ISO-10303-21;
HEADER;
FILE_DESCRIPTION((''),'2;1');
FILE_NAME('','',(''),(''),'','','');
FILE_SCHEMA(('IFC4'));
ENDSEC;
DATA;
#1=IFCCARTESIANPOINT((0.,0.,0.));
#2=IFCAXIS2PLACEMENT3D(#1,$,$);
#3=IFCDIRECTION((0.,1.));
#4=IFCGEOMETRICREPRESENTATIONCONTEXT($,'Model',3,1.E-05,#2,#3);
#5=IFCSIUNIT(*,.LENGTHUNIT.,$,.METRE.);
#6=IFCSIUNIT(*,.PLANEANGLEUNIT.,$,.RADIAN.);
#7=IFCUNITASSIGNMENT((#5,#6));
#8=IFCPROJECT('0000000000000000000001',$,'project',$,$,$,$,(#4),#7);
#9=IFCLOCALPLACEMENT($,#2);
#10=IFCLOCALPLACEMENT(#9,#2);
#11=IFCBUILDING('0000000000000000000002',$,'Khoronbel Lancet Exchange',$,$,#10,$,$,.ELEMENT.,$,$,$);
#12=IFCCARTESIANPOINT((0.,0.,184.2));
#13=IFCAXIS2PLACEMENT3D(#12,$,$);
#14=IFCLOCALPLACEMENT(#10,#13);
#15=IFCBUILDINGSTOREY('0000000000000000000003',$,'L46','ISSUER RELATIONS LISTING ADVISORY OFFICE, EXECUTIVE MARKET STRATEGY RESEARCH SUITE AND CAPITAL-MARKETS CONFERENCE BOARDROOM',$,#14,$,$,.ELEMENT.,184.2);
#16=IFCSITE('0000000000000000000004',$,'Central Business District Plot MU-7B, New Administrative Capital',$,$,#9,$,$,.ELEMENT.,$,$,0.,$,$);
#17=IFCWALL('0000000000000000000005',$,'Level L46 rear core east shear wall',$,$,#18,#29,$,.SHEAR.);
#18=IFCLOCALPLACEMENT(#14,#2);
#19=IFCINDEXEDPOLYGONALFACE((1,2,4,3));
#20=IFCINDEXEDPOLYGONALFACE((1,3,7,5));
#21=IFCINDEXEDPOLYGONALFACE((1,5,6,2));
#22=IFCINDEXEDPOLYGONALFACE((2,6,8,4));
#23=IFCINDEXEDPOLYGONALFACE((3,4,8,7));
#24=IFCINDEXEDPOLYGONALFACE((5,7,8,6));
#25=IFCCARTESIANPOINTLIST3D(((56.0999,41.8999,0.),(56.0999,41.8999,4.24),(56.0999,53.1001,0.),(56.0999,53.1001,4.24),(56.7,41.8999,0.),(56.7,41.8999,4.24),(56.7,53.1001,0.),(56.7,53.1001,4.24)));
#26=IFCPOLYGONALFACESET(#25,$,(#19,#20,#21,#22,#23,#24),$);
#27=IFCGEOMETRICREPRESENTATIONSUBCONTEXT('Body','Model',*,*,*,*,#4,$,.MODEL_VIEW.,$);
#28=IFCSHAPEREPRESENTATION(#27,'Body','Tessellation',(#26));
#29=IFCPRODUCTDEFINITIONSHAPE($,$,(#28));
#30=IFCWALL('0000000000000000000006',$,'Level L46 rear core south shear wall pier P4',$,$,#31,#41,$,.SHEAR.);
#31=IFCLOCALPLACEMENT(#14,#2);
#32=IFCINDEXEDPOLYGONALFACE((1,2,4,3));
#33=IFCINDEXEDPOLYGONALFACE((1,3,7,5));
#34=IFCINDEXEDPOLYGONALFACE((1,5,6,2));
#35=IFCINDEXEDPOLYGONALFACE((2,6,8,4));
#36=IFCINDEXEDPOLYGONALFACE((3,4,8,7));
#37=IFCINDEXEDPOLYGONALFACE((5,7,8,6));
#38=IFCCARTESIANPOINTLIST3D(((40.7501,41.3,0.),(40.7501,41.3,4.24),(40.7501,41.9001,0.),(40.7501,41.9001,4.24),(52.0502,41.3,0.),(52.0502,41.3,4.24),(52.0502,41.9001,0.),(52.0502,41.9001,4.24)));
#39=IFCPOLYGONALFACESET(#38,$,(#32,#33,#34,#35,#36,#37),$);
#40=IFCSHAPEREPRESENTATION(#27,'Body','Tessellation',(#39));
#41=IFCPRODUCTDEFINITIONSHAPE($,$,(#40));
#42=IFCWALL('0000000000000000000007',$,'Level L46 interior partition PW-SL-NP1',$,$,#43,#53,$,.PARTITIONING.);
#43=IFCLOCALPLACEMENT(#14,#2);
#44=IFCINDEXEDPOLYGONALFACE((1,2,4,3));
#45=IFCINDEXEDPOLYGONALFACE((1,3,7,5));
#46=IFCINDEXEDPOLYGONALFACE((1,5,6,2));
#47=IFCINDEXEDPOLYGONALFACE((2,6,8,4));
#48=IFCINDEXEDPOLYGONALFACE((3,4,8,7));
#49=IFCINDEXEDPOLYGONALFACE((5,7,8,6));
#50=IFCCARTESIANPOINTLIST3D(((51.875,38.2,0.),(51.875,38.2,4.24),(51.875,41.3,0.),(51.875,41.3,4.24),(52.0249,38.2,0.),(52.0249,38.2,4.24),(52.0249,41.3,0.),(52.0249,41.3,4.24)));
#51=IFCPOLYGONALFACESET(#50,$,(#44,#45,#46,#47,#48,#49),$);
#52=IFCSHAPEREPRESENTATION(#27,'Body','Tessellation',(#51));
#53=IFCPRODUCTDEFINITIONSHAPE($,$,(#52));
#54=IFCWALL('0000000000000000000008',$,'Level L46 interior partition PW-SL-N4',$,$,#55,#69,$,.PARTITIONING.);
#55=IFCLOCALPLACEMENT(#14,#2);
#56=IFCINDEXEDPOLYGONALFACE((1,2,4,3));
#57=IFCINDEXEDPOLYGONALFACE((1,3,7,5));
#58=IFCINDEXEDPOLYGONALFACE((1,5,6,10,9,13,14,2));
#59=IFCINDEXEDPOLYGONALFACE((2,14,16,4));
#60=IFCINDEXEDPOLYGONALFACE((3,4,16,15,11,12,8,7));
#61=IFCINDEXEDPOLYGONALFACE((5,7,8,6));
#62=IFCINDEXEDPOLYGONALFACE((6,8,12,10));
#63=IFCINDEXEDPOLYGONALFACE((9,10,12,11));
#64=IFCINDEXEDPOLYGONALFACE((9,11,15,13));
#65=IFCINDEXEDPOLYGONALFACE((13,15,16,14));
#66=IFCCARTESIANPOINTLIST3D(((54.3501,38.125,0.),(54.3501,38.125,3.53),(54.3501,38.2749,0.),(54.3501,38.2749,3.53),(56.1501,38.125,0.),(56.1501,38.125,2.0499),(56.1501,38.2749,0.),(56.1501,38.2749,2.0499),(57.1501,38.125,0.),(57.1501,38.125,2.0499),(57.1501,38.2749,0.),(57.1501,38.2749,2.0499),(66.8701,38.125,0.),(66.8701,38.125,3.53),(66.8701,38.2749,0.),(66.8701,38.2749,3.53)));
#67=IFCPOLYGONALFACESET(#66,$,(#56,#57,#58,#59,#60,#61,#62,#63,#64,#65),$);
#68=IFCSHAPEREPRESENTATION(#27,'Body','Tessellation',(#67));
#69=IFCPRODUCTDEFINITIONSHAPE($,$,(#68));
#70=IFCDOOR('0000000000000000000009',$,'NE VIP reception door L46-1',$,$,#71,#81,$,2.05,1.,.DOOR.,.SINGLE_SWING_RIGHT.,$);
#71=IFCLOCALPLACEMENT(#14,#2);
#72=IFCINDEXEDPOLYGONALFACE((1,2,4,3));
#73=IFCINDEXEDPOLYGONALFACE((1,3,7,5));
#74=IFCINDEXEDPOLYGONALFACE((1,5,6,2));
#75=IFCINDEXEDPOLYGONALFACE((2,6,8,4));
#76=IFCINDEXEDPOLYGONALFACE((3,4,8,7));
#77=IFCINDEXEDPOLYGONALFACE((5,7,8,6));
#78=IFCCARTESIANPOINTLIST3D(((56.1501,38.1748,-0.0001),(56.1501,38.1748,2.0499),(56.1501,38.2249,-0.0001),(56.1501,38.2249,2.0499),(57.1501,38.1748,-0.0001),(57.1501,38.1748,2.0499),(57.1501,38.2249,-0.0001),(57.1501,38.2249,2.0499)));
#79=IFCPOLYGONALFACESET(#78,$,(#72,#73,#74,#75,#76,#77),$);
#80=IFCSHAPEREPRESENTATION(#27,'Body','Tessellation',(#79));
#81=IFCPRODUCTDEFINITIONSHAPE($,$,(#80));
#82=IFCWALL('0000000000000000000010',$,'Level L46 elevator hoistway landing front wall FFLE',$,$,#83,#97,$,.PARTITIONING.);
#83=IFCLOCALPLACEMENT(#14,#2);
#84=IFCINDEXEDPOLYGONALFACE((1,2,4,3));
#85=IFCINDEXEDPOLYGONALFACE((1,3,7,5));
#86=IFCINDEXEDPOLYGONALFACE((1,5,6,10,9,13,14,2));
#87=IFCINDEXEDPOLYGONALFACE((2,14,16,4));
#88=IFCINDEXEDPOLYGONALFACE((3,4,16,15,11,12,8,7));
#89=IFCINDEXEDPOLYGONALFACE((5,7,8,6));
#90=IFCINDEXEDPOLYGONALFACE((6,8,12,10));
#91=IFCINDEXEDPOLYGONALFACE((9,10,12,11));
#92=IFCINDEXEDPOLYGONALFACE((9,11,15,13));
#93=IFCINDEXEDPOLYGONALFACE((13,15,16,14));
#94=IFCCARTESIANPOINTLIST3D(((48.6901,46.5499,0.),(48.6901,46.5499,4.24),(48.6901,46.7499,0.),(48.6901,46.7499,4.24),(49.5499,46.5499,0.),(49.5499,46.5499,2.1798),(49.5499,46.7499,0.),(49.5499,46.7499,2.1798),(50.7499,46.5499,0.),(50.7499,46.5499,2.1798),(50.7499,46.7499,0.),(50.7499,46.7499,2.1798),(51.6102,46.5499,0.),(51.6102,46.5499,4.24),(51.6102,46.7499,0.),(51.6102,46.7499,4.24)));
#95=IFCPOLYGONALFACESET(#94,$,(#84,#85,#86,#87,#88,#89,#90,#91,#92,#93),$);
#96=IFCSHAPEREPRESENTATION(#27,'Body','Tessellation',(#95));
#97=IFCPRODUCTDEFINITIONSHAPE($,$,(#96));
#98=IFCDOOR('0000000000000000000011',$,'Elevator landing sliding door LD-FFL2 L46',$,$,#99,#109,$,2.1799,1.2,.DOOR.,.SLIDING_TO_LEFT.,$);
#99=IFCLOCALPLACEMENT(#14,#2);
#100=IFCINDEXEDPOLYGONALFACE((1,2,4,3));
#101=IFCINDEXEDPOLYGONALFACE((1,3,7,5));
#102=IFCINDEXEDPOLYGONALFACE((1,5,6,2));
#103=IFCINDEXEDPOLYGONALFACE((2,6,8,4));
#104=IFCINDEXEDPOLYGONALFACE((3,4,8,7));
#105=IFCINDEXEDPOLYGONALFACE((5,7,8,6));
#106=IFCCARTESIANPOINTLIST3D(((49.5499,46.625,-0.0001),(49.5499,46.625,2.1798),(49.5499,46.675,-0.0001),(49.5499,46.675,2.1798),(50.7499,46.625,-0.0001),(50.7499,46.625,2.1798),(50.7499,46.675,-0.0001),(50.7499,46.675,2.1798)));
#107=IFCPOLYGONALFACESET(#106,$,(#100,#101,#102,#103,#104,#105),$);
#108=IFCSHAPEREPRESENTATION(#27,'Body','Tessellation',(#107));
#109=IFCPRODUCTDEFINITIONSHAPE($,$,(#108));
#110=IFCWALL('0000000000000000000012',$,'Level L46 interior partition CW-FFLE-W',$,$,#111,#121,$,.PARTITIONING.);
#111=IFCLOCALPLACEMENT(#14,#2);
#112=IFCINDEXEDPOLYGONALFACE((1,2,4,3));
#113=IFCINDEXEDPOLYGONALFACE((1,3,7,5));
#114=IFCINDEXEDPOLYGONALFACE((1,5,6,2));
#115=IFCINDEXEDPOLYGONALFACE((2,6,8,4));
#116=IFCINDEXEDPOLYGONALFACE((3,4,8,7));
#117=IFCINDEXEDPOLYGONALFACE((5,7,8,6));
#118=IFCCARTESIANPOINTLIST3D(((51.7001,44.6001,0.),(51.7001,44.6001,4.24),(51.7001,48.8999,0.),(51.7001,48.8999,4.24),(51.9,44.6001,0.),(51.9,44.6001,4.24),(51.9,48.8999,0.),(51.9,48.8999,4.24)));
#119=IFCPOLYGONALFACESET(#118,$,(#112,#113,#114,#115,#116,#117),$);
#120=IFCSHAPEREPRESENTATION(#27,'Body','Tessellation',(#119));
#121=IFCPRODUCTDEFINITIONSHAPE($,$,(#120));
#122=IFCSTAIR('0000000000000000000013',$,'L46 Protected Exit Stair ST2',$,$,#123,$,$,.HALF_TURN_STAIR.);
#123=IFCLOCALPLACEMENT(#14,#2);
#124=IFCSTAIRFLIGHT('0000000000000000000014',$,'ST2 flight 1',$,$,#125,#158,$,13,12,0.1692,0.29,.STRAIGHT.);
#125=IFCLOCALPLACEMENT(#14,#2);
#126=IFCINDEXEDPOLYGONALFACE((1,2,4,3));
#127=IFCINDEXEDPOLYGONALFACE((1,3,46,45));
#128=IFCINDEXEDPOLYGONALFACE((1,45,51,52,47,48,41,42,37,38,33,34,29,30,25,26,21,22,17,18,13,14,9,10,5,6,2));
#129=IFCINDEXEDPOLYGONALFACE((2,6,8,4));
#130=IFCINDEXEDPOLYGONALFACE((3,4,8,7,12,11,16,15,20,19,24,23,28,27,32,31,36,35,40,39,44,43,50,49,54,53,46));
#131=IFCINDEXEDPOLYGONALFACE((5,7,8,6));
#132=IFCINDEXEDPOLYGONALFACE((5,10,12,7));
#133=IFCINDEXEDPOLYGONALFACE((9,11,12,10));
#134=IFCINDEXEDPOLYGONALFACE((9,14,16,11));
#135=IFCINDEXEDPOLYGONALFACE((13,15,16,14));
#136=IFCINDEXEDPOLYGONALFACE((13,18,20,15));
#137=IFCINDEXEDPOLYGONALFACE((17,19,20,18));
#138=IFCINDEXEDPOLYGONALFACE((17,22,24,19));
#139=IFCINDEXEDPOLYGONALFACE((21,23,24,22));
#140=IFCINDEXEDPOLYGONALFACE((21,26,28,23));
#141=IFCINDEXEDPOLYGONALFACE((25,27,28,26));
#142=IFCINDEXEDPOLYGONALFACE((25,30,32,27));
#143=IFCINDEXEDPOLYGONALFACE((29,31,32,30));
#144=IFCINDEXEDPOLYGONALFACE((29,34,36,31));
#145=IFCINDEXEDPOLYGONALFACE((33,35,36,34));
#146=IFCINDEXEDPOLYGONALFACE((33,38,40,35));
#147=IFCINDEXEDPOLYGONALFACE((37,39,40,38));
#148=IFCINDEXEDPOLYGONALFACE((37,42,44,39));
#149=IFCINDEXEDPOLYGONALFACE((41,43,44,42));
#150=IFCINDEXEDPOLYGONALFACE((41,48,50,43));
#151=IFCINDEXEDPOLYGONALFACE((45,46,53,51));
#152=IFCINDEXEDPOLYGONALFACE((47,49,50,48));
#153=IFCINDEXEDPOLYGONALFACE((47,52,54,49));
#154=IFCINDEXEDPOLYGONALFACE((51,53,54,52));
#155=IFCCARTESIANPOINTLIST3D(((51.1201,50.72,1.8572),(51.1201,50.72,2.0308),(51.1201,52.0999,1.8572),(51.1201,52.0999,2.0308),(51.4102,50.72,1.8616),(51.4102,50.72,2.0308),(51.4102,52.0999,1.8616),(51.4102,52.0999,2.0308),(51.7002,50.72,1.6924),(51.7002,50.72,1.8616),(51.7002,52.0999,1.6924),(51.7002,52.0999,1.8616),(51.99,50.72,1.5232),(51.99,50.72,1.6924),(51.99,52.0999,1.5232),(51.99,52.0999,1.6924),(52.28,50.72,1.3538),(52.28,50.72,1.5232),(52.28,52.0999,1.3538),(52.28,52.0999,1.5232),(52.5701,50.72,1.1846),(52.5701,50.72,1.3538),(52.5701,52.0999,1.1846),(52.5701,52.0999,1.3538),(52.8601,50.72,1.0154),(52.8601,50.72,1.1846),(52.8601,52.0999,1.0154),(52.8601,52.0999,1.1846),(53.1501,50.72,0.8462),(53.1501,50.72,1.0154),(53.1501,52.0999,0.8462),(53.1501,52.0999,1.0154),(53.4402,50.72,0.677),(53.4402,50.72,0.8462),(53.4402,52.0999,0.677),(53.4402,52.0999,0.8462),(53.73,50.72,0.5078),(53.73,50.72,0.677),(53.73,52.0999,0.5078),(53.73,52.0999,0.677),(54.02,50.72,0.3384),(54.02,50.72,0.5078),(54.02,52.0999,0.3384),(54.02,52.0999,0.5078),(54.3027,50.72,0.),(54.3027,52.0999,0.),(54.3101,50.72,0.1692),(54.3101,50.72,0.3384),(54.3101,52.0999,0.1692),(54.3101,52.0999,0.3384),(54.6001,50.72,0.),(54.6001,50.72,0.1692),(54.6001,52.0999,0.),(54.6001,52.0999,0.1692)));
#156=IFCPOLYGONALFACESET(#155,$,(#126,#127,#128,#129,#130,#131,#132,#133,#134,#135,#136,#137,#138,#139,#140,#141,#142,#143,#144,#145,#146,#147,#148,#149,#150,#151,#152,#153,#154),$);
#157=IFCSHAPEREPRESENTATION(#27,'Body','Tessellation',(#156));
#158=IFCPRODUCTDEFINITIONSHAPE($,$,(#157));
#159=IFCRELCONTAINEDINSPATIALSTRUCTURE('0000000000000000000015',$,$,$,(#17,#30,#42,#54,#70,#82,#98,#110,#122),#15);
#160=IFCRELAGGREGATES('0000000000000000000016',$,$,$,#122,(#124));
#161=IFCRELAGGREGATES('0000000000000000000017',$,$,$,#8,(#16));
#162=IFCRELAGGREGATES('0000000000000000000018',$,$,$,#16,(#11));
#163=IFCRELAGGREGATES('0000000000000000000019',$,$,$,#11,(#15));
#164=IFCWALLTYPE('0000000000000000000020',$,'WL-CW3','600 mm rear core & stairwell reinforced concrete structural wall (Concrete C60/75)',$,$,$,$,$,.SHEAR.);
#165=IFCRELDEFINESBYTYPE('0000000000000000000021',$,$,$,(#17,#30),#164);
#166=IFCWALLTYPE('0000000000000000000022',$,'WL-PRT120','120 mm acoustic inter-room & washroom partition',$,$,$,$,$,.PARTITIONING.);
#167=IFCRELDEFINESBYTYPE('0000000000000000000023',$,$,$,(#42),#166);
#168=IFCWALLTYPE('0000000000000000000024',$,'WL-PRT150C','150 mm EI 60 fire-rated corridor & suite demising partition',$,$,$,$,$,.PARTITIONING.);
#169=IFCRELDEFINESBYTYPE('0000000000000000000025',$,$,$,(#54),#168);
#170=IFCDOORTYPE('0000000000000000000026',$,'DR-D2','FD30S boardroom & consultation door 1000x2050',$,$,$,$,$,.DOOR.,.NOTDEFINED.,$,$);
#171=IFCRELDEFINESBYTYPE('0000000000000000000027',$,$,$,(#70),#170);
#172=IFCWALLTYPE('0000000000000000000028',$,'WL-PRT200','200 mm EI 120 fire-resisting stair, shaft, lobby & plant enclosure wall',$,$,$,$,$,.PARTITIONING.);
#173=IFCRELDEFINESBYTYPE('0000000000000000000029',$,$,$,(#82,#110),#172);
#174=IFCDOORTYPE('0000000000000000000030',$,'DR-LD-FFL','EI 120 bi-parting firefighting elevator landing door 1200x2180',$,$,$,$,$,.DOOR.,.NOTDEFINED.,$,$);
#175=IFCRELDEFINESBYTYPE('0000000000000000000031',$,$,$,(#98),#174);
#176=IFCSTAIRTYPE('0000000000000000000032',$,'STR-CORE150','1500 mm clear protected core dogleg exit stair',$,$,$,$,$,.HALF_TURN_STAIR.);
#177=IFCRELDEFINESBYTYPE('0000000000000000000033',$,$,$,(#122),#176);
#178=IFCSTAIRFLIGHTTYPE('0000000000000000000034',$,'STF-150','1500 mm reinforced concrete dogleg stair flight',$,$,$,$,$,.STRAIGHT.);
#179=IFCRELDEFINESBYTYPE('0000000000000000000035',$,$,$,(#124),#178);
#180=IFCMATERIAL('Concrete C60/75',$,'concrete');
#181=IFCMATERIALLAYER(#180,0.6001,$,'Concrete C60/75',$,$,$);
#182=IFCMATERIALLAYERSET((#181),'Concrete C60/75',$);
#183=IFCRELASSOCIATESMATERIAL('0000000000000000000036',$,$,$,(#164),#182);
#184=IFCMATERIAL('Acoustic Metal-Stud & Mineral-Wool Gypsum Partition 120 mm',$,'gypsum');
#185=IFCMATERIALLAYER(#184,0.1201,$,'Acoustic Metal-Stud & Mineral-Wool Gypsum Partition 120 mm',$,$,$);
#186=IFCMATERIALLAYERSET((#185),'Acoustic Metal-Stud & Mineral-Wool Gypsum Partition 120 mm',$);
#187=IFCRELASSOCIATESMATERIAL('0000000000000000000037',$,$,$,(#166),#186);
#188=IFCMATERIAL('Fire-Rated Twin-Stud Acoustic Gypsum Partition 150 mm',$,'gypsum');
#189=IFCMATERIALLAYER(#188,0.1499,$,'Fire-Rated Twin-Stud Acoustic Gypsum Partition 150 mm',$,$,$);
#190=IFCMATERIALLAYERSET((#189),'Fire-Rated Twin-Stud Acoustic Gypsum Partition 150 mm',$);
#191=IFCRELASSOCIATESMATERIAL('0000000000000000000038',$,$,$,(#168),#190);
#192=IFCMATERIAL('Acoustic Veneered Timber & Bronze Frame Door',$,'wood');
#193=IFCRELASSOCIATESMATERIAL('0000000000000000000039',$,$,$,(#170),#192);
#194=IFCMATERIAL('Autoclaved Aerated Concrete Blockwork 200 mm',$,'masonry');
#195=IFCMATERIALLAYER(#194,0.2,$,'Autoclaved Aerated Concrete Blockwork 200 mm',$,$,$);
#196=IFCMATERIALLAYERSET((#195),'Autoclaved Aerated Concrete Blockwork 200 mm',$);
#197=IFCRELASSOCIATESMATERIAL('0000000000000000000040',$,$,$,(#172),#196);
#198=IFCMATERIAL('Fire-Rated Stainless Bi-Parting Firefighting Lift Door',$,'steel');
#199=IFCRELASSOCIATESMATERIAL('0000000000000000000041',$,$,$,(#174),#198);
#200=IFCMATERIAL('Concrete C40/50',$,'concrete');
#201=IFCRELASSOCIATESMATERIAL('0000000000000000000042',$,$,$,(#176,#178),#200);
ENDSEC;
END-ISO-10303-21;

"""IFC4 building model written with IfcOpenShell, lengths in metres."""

from ifc_helpers import new_model, si_unit, direction, frame, frame_2d, origin, place, context, subcontext, project, spatial, polyline, rectangle, outline, extrude, material, layer, layer_set, type_object, element, fill, aggregate, save


model = new_model("IFC4")

# Units and contexts
model_context = context("Model", 3, precision=1e-05, world=origin(), true_north=direction((0.0, 1.0)))
body_context = subcontext(model_context, "Body", "Model", "MODEL_VIEW")
ifc_project = project(units=[si_unit("LENGTHUNIT", "METRE"), si_unit("PLANEANGLEUNIT", "RADIAN")], contexts=[model_context])

# Site, building, storey
site_placement = place(None, origin())
site = spatial("IfcSite", under=ifc_project, at=site_placement, Name="Central Business District Plot MU-7B, New Administrative Capital", CompositionType="ELEMENT", RefElevation=0.0)
building_placement = place(site_placement, origin())
building = spatial("IfcBuilding", under=site, at=building_placement, Name="Khoronbel Lancet Exchange", CompositionType="ELEMENT")
storey_placement = place(building_placement, frame((0.0, 0.0, 184.2)))
storey = spatial("IfcBuildingStorey", under=building, at=storey_placement, Name="L46", Description="ISSUER RELATIONS LISTING ADVISORY OFFICE, EXECUTIVE MARKET STRATEGY RESEARCH SUITE AND CAPITAL-MARKETS CONFERENCE BOARDROOM", CompositionType="ELEMENT", Elevation=184.2)

# Shared definitions
ifc_material_1 = material(Name="Concrete C60/75", Category="concrete")

# Walls
ifc_layer_1 = layer(ifc_material_1, 0.6001, Name="Concrete C60/75")
ifc_layer_set_1 = layer_set([ifc_layer_1], Name="Concrete C60/75")
wall_type_1 = type_object("IfcWallType", Name="WL-CW3", Description="600 mm rear core & stairwell reinforced concrete structural wall (Concrete C60/75)", PredefinedType="SHEAR", material=ifc_layer_set_1)
wall_1_placement = place(storey_placement, frame((56.3999, 53.1001, 0.0), z_axis=(0.0, 0.0, 1.0), x_axis=(0.0, -1.0, 0.0)))
element("IfcWall", 1, at=wall_1_placement, inside=storey, type_object=wall_type_1, Name="Level L46 rear core east shear wall", PredefinedType="SHEAR", context=body_context, shape_type="SweptSolid", body=[
    extrude(rectangle(XDim=11.2002, YDim=0.6001, at=frame_2d((5.6001, 0.0))), origin(), (0.0, 0.0, 1.0), 4.24),
])
wall_2_placement = place(storey_placement, frame((52.05, 41.6001, 0.0), z_axis=(0.0, 0.0, 1.0), x_axis=(-1.0, 0.0, 0.0)))
element("IfcWall", 2, at=wall_2_placement, inside=storey, type_object=wall_type_1, Name="Level L46 rear core south shear wall pier P4", PredefinedType="SHEAR", context=body_context, shape_type="SweptSolid", body=[
    extrude(rectangle(XDim=11.3, YDim=0.6001, at=frame_2d((5.6499, 0.0))), origin(), (0.0, 0.0, 1.0), 4.24),
])
ifc_material_2 = material(Name="Acoustic Metal-Stud & Mineral-Wool Gypsum Partition 120 mm", Category="gypsum")
ifc_layer_2 = layer(ifc_material_2, 0.1201, Name="Acoustic Metal-Stud & Mineral-Wool Gypsum Partition 120 mm")
ifc_layer_set_2 = layer_set([ifc_layer_2], Name="Acoustic Metal-Stud & Mineral-Wool Gypsum Partition 120 mm")
wall_type_2 = type_object("IfcWallType", Name="WL-PRT120", Description="120 mm acoustic inter-room & washroom partition", PredefinedType="PARTITIONING", material=ifc_layer_set_2)
wall_3_placement = place(storey_placement, frame((51.95, 38.2, 0.0), z_axis=(0.0, 0.0, 1.0), x_axis=(0.0, 1.0, 0.0)))
element("IfcWall", 3, at=wall_3_placement, inside=storey, type_object=wall_type_2, Name="Level L46 interior partition PW-SL-NP1", PredefinedType="PARTITIONING", context=body_context, shape_type="SweptSolid", body=[
    extrude(rectangle(XDim=3.1001, YDim=0.1499, at=frame_2d((1.55, 0.0))), origin(), (0.0, 0.0, 1.0), 4.24),
])

# Walls, openings, doors
ifc_material_3 = material(Name="Fire-Rated Twin-Stud Acoustic Gypsum Partition 150 mm", Category="gypsum")
ifc_layer_3 = layer(ifc_material_3, 0.1499, Name="Fire-Rated Twin-Stud Acoustic Gypsum Partition 150 mm")
ifc_layer_set_3 = layer_set([ifc_layer_3], Name="Fire-Rated Twin-Stud Acoustic Gypsum Partition 150 mm")
wall_type_3 = type_object("IfcWallType", Name="WL-PRT150C", Description="150 mm EI 60 fire-rated corridor & suite demising partition", PredefinedType="PARTITIONING", material=ifc_layer_set_3)
wall_4_placement = place(storey_placement, frame((54.3501, 38.2, 0.0), z_axis=(0.0, 0.0, 1.0), x_axis=(1.0, 0.0, 0.0)))
wall_4 = element("IfcWall", 4, at=wall_4_placement, inside=storey, type_object=wall_type_3, Name="Level L46 interior partition PW-SL-N4", PredefinedType="PARTITIONING", context=body_context, shape_type="SweptSolid", body=[
    extrude(rectangle(XDim=12.52, YDim=0.1499, at=frame_2d((6.26, 0.0))), origin(), (0.0, 0.0, 1.0), 3.53),
])
opening_1_placement = place(wall_4_placement, frame((1.8, 0.0, 0.0)))
opening_1 = element("IfcOpeningElement", 5, at=opening_1_placement, cuts=wall_4, PredefinedType="OPENING", context=body_context, shape_type="SweptSolid", body=[
    extrude(rectangle(XDim=1.0, YDim=2.05, at=frame_2d((0.5, 1.0249))), frame((0.0, 0.085, 0.0), z_axis=(0.0, -1.0, 0.0), x_axis=(1.0, 0.0, 0.0)), (0.0, 0.0, 1.0), 0.1699),
])
ifc_material_4 = material(Name="Acoustic Veneered Timber & Bronze Frame Door", Category="wood")
door_type_1 = type_object("IfcDoorType", Name="DR-D2", Description="FD30S boardroom & consultation door 1000x2050", OperationType="NOTDEFINED", PredefinedType="DOOR", material=ifc_material_4)
door_1_placement = place(opening_1_placement, origin())
door_1 = element("IfcDoor", 6, at=door_1_placement, inside=storey, type_object=door_type_1, Name="NE VIP reception door L46-1", OperationType="SINGLE_SWING_RIGHT", OverallHeight=2.05, OverallWidth=1.0, PredefinedType="DOOR", context=body_context, shape_type="SweptSolid", body=[
    extrude(rectangle(XDim=1.0, YDim=2.05, at=frame_2d((0.5, 1.0249))), frame((0.0, 0.0249, 0.0), z_axis=(0.0, -1.0, 0.0), x_axis=(1.0, 0.0, 0.0)), (0.0, 0.0, 1.0), 0.05),
])
fill(opening_1, door_1)
ifc_material_5 = material(Name="Autoclaved Aerated Concrete Blockwork 200 mm", Category="masonry")
ifc_layer_4 = layer(ifc_material_5, 0.2, Name="Autoclaved Aerated Concrete Blockwork 200 mm")
ifc_layer_set_4 = layer_set([ifc_layer_4], Name="Autoclaved Aerated Concrete Blockwork 200 mm")
wall_type_4 = type_object("IfcWallType", Name="WL-PRT200", Description="200 mm EI 120 fire-resisting stair, shaft, lobby & plant enclosure wall", PredefinedType="PARTITIONING", material=ifc_layer_set_4)
wall_5_placement = place(storey_placement, frame((51.6101, 46.6499, 0.0), z_axis=(0.0, 0.0, 1.0), x_axis=(-1.0, 0.0, 0.0)))
wall_5 = element("IfcWall", 7, at=wall_5_placement, inside=storey, type_object=wall_type_4, Name="Level L46 elevator hoistway landing front wall FFLE", PredefinedType="PARTITIONING", context=body_context, shape_type="SweptSolid", body=[
    extrude(rectangle(XDim=2.9202, YDim=0.2, at=frame_2d((1.46, 0.0))), origin(), (0.0, 0.0, 1.0), 4.24),
])
opening_2_placement = place(wall_5_placement, frame((0.8601, 0.0, 0.0)))
opening_2 = element("IfcOpeningElement", 8, at=opening_2_placement, cuts=wall_5, PredefinedType="OPENING", context=body_context, shape_type="SweptSolid", body=[
    extrude(rectangle(XDim=1.2, YDim=2.1799, at=frame_2d((0.6001, 1.0898))), frame((0.0, 0.1099, 0.0), z_axis=(0.0, -1.0, 0.0), x_axis=(1.0, 0.0, 0.0)), (0.0, 0.0, 1.0), 0.22),
])
ifc_material_6 = material(Name="Fire-Rated Stainless Bi-Parting Firefighting Lift Door", Category="steel")
door_type_2 = type_object("IfcDoorType", Name="DR-LD-FFL", Description="EI 120 bi-parting firefighting elevator landing door 1200x2180", OperationType="NOTDEFINED", PredefinedType="DOOR", material=ifc_material_6)
door_2_placement = place(opening_2_placement, origin())
door_2 = element("IfcDoor", 9, at=door_2_placement, inside=storey, type_object=door_type_2, Name="Elevator landing sliding door LD-FFL2 L46", OperationType="SLIDING_TO_LEFT", OverallHeight=2.1799, OverallWidth=1.2, PredefinedType="DOOR", context=body_context, shape_type="SweptSolid", body=[
    extrude(rectangle(XDim=1.2, YDim=2.1799, at=frame_2d((0.6001, 1.0898))), frame((0.0, 0.0249, 0.0), z_axis=(0.0, -1.0, 0.0), x_axis=(1.0, 0.0, 0.0)), (0.0, 0.0, 1.0), 0.05),
])
fill(opening_2, door_2)

# Wall
wall_6_placement = place(storey_placement, frame((51.8, 44.6001, 0.0), z_axis=(0.0, 0.0, 1.0), x_axis=(0.0, 1.0, 0.0)))
element("IfcWall", 10, at=wall_6_placement, inside=storey, type_object=wall_type_4, Name="Level L46 interior partition CW-FFLE-W", PredefinedType="PARTITIONING", context=body_context, shape_type="SweptSolid", body=[
    extrude(rectangle(XDim=4.2998, YDim=0.2, at=frame_2d((2.1499, 0.0))), origin(), (0.0, 0.0, 1.0), 4.24),
])

# Stair, stair flight
ifc_material_7 = material(Name="Concrete C40/50", Category="concrete")
stair_type = type_object("IfcStairType", Name="STR-CORE150", Description="1500 mm clear protected core dogleg exit stair", PredefinedType="HALF_TURN_STAIR", material=ifc_material_7)
stair_placement = place(storey_placement, origin())
stair = element("IfcStair", 11, at=stair_placement, inside=storey, type_object=stair_type, Name="L46 Protected Exit Stair ST2", PredefinedType="HALF_TURN_STAIR")
stair_flight_type = type_object("IfcStairFlightType", Name="STF-150", Description="1500 mm reinforced concrete dogleg stair flight", PredefinedType="STRAIGHT", material=ifc_material_7)
stair_flight_placement = place(storey_placement, frame((54.6001, 51.4099, 0.0), z_axis=(0.0, 0.0, 1.0), x_axis=(-1.0, 0.0, 0.0)))
stair_flight = element("IfcStairFlight", 12, at=stair_flight_placement, type_object=stair_flight_type, Name="ST2 flight 1", NumberOfRisers=13, NumberOfTreads=12, PredefinedType="STRAIGHT", RiserHeight=0.1692, TreadLength=0.29, context=body_context, shape_type="SweptSolid", body=[
    extrude(outline(polyline([(0.0, 0.0), (0.0, 0.1692), (0.29, 0.1692), (0.29, 0.3384), (0.5801, 0.3384), (0.5801, 0.5078), (0.8701, 0.5078), (0.8701, 0.677), (1.1599, 0.677), (1.1599, 0.8462), (1.45, 0.8462), (1.45, 1.0154), (1.74, 1.0154), (1.74, 1.1846), (2.03, 1.1846), (2.03, 1.3538), (2.3201, 1.3538), (2.3201, 1.5232), (2.6101, 1.5232), (2.6101, 1.6924), (2.8999, 1.6924), (2.8999, 1.8616), (3.1899, 1.8616), (3.1899, 2.0308), (3.48, 2.0308), (3.48, 2.2), (3.48, 1.8572), (0.2974, 0.0), (0.0, 0.0)])), frame((0.0, 0.6899, 0.0), z_axis=(0.0, -1.0, 0.0), x_axis=(1.0, 0.0, 0.0)), (0.0, 0.0, 1.0), 1.3799),
])
aggregate(stair, [stair_flight])

save(model, "model.ifc")
